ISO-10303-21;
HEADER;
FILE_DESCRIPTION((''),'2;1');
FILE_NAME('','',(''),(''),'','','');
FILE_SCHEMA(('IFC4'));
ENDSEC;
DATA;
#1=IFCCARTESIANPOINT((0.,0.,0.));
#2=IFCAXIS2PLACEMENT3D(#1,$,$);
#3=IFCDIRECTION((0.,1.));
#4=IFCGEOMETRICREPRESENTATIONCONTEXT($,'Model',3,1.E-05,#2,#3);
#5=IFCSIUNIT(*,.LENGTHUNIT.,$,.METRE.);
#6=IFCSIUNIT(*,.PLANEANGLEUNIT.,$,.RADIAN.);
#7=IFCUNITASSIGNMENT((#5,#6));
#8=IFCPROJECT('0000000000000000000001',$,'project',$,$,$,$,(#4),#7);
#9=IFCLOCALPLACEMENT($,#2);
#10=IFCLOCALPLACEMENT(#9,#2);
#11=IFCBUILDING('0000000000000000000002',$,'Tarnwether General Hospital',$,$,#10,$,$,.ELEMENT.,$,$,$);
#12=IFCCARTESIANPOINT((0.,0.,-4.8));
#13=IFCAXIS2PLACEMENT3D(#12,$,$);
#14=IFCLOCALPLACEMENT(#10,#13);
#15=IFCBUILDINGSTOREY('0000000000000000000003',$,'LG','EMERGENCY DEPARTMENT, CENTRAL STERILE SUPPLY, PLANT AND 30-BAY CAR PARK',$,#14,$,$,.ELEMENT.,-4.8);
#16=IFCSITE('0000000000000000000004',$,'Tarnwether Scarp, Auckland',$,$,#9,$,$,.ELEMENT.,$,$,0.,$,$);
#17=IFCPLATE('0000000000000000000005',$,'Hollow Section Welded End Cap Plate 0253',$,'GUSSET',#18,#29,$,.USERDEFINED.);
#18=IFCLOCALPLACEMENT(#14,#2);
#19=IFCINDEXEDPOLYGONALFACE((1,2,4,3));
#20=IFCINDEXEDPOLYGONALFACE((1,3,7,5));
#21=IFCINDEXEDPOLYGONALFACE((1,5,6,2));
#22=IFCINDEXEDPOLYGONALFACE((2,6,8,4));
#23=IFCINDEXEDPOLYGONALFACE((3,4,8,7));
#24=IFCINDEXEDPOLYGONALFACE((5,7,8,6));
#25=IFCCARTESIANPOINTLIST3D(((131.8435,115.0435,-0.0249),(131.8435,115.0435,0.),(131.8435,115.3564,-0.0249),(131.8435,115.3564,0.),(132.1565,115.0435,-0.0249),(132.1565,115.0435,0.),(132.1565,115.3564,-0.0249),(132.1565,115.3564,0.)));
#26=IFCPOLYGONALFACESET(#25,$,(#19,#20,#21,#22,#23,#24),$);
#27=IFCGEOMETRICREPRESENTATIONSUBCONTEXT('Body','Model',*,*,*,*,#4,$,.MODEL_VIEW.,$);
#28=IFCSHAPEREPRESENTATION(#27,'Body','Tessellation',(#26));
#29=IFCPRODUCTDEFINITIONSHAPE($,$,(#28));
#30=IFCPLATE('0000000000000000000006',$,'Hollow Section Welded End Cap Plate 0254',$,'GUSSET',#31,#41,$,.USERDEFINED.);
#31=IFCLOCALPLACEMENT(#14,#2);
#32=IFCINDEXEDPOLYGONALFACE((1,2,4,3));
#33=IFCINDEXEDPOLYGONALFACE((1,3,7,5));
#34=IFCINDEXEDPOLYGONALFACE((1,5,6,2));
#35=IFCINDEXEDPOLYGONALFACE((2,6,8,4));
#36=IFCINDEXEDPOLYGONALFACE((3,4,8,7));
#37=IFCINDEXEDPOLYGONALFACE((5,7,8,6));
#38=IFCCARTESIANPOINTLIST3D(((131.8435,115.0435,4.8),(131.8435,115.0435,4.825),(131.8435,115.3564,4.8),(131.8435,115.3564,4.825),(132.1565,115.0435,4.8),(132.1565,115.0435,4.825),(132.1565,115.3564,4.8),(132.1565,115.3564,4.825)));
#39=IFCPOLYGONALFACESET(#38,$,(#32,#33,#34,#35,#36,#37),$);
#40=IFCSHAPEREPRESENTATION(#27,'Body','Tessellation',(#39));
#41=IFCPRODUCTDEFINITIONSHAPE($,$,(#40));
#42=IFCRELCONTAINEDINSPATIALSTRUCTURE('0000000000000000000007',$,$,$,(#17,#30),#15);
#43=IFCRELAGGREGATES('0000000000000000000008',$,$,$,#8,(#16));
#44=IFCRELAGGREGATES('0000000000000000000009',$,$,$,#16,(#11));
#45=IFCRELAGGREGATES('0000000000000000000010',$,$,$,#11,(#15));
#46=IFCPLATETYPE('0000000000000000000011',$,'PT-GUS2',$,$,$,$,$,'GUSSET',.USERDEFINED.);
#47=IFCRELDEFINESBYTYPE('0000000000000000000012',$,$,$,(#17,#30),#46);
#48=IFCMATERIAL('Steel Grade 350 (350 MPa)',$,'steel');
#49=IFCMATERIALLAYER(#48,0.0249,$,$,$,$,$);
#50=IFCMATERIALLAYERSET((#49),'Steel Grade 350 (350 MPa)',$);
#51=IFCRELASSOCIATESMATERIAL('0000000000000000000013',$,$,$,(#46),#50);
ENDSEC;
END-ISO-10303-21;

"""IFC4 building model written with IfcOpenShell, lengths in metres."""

from ifc_helpers import new_model, si_unit, direction, frame, origin, origin_2d, place, context, subcontext, project, spatial, rectangle, extrude, material, layer, layer_set, type_object, element, save


model = new_model("IFC4")

# Units and contexts
model_context = context("Model", 3, precision=1e-05, world=origin(), true_north=direction((0.0, 1.0)))
body_context = subcontext(model_context, "Body", "Model", "MODEL_VIEW")
ifc_project = project(units=[si_unit("LENGTHUNIT", "METRE"), si_unit("PLANEANGLEUNIT", "RADIAN")], contexts=[model_context])

# Site, building, storey
site_placement = place(None, origin())
site = spatial("IfcSite", under=ifc_project, at=site_placement, Name="Tarnwether Scarp, Auckland", CompositionType="ELEMENT", RefElevation=0.0)
building_placement = place(site_placement, origin())
building = spatial("IfcBuilding", under=site, at=building_placement, Name="Tarnwether General Hospital", CompositionType="ELEMENT")
storey_placement = place(building_placement, frame((0.0, 0.0, -4.8)))
storey = spatial("IfcBuildingStorey", under=building, at=storey_placement, Name="LG", Description="EMERGENCY DEPARTMENT, CENTRAL STERILE SUPPLY, PLANT AND 30-BAY CAR PARK", CompositionType="ELEMENT", Elevation=-4.8)

# Plates
ifc_material_1 = material(Name="Steel Grade 350 (350 MPa)", Category="steel")
ifc_layer = layer(ifc_material_1, 0.0249)
ifc_layer_set = layer_set([ifc_layer], Name="Steel Grade 350 (350 MPa)")
plate_type = type_object("IfcPlateType", Name="PT-GUS2", ElementType="GUSSET", PredefinedType="USERDEFINED", material=ifc_layer_set)
for number, where, z_axis, x_axis, name in (
    (1, (132.0, 115.2, -0.0249), (0.0, 0.0, 1.0), (1.0, 0.0, 0.0), "Hollow Section Welded End Cap Plate 0253"),
    (2, (132.0, 115.2, 4.8), (0.0, 0.0, 1.0), (1.0, 0.0, 0.0), "Hollow Section Welded End Cap Plate 0254"),
):
    element("IfcPlate", number, at=place(storey_placement, frame(where, z_axis=z_axis, x_axis=x_axis)), inside=storey, type_object=plate_type, Name=name, ObjectType="GUSSET", PredefinedType="USERDEFINED", context=body_context, shape_type="SweptSolid", body=[
        extrude(rectangle(XDim=0.313, YDim=0.313, at=origin_2d()), origin(), (0.0, 0.0, 1.0), 0.0249),
    ])

save(model, "model.ifc")
